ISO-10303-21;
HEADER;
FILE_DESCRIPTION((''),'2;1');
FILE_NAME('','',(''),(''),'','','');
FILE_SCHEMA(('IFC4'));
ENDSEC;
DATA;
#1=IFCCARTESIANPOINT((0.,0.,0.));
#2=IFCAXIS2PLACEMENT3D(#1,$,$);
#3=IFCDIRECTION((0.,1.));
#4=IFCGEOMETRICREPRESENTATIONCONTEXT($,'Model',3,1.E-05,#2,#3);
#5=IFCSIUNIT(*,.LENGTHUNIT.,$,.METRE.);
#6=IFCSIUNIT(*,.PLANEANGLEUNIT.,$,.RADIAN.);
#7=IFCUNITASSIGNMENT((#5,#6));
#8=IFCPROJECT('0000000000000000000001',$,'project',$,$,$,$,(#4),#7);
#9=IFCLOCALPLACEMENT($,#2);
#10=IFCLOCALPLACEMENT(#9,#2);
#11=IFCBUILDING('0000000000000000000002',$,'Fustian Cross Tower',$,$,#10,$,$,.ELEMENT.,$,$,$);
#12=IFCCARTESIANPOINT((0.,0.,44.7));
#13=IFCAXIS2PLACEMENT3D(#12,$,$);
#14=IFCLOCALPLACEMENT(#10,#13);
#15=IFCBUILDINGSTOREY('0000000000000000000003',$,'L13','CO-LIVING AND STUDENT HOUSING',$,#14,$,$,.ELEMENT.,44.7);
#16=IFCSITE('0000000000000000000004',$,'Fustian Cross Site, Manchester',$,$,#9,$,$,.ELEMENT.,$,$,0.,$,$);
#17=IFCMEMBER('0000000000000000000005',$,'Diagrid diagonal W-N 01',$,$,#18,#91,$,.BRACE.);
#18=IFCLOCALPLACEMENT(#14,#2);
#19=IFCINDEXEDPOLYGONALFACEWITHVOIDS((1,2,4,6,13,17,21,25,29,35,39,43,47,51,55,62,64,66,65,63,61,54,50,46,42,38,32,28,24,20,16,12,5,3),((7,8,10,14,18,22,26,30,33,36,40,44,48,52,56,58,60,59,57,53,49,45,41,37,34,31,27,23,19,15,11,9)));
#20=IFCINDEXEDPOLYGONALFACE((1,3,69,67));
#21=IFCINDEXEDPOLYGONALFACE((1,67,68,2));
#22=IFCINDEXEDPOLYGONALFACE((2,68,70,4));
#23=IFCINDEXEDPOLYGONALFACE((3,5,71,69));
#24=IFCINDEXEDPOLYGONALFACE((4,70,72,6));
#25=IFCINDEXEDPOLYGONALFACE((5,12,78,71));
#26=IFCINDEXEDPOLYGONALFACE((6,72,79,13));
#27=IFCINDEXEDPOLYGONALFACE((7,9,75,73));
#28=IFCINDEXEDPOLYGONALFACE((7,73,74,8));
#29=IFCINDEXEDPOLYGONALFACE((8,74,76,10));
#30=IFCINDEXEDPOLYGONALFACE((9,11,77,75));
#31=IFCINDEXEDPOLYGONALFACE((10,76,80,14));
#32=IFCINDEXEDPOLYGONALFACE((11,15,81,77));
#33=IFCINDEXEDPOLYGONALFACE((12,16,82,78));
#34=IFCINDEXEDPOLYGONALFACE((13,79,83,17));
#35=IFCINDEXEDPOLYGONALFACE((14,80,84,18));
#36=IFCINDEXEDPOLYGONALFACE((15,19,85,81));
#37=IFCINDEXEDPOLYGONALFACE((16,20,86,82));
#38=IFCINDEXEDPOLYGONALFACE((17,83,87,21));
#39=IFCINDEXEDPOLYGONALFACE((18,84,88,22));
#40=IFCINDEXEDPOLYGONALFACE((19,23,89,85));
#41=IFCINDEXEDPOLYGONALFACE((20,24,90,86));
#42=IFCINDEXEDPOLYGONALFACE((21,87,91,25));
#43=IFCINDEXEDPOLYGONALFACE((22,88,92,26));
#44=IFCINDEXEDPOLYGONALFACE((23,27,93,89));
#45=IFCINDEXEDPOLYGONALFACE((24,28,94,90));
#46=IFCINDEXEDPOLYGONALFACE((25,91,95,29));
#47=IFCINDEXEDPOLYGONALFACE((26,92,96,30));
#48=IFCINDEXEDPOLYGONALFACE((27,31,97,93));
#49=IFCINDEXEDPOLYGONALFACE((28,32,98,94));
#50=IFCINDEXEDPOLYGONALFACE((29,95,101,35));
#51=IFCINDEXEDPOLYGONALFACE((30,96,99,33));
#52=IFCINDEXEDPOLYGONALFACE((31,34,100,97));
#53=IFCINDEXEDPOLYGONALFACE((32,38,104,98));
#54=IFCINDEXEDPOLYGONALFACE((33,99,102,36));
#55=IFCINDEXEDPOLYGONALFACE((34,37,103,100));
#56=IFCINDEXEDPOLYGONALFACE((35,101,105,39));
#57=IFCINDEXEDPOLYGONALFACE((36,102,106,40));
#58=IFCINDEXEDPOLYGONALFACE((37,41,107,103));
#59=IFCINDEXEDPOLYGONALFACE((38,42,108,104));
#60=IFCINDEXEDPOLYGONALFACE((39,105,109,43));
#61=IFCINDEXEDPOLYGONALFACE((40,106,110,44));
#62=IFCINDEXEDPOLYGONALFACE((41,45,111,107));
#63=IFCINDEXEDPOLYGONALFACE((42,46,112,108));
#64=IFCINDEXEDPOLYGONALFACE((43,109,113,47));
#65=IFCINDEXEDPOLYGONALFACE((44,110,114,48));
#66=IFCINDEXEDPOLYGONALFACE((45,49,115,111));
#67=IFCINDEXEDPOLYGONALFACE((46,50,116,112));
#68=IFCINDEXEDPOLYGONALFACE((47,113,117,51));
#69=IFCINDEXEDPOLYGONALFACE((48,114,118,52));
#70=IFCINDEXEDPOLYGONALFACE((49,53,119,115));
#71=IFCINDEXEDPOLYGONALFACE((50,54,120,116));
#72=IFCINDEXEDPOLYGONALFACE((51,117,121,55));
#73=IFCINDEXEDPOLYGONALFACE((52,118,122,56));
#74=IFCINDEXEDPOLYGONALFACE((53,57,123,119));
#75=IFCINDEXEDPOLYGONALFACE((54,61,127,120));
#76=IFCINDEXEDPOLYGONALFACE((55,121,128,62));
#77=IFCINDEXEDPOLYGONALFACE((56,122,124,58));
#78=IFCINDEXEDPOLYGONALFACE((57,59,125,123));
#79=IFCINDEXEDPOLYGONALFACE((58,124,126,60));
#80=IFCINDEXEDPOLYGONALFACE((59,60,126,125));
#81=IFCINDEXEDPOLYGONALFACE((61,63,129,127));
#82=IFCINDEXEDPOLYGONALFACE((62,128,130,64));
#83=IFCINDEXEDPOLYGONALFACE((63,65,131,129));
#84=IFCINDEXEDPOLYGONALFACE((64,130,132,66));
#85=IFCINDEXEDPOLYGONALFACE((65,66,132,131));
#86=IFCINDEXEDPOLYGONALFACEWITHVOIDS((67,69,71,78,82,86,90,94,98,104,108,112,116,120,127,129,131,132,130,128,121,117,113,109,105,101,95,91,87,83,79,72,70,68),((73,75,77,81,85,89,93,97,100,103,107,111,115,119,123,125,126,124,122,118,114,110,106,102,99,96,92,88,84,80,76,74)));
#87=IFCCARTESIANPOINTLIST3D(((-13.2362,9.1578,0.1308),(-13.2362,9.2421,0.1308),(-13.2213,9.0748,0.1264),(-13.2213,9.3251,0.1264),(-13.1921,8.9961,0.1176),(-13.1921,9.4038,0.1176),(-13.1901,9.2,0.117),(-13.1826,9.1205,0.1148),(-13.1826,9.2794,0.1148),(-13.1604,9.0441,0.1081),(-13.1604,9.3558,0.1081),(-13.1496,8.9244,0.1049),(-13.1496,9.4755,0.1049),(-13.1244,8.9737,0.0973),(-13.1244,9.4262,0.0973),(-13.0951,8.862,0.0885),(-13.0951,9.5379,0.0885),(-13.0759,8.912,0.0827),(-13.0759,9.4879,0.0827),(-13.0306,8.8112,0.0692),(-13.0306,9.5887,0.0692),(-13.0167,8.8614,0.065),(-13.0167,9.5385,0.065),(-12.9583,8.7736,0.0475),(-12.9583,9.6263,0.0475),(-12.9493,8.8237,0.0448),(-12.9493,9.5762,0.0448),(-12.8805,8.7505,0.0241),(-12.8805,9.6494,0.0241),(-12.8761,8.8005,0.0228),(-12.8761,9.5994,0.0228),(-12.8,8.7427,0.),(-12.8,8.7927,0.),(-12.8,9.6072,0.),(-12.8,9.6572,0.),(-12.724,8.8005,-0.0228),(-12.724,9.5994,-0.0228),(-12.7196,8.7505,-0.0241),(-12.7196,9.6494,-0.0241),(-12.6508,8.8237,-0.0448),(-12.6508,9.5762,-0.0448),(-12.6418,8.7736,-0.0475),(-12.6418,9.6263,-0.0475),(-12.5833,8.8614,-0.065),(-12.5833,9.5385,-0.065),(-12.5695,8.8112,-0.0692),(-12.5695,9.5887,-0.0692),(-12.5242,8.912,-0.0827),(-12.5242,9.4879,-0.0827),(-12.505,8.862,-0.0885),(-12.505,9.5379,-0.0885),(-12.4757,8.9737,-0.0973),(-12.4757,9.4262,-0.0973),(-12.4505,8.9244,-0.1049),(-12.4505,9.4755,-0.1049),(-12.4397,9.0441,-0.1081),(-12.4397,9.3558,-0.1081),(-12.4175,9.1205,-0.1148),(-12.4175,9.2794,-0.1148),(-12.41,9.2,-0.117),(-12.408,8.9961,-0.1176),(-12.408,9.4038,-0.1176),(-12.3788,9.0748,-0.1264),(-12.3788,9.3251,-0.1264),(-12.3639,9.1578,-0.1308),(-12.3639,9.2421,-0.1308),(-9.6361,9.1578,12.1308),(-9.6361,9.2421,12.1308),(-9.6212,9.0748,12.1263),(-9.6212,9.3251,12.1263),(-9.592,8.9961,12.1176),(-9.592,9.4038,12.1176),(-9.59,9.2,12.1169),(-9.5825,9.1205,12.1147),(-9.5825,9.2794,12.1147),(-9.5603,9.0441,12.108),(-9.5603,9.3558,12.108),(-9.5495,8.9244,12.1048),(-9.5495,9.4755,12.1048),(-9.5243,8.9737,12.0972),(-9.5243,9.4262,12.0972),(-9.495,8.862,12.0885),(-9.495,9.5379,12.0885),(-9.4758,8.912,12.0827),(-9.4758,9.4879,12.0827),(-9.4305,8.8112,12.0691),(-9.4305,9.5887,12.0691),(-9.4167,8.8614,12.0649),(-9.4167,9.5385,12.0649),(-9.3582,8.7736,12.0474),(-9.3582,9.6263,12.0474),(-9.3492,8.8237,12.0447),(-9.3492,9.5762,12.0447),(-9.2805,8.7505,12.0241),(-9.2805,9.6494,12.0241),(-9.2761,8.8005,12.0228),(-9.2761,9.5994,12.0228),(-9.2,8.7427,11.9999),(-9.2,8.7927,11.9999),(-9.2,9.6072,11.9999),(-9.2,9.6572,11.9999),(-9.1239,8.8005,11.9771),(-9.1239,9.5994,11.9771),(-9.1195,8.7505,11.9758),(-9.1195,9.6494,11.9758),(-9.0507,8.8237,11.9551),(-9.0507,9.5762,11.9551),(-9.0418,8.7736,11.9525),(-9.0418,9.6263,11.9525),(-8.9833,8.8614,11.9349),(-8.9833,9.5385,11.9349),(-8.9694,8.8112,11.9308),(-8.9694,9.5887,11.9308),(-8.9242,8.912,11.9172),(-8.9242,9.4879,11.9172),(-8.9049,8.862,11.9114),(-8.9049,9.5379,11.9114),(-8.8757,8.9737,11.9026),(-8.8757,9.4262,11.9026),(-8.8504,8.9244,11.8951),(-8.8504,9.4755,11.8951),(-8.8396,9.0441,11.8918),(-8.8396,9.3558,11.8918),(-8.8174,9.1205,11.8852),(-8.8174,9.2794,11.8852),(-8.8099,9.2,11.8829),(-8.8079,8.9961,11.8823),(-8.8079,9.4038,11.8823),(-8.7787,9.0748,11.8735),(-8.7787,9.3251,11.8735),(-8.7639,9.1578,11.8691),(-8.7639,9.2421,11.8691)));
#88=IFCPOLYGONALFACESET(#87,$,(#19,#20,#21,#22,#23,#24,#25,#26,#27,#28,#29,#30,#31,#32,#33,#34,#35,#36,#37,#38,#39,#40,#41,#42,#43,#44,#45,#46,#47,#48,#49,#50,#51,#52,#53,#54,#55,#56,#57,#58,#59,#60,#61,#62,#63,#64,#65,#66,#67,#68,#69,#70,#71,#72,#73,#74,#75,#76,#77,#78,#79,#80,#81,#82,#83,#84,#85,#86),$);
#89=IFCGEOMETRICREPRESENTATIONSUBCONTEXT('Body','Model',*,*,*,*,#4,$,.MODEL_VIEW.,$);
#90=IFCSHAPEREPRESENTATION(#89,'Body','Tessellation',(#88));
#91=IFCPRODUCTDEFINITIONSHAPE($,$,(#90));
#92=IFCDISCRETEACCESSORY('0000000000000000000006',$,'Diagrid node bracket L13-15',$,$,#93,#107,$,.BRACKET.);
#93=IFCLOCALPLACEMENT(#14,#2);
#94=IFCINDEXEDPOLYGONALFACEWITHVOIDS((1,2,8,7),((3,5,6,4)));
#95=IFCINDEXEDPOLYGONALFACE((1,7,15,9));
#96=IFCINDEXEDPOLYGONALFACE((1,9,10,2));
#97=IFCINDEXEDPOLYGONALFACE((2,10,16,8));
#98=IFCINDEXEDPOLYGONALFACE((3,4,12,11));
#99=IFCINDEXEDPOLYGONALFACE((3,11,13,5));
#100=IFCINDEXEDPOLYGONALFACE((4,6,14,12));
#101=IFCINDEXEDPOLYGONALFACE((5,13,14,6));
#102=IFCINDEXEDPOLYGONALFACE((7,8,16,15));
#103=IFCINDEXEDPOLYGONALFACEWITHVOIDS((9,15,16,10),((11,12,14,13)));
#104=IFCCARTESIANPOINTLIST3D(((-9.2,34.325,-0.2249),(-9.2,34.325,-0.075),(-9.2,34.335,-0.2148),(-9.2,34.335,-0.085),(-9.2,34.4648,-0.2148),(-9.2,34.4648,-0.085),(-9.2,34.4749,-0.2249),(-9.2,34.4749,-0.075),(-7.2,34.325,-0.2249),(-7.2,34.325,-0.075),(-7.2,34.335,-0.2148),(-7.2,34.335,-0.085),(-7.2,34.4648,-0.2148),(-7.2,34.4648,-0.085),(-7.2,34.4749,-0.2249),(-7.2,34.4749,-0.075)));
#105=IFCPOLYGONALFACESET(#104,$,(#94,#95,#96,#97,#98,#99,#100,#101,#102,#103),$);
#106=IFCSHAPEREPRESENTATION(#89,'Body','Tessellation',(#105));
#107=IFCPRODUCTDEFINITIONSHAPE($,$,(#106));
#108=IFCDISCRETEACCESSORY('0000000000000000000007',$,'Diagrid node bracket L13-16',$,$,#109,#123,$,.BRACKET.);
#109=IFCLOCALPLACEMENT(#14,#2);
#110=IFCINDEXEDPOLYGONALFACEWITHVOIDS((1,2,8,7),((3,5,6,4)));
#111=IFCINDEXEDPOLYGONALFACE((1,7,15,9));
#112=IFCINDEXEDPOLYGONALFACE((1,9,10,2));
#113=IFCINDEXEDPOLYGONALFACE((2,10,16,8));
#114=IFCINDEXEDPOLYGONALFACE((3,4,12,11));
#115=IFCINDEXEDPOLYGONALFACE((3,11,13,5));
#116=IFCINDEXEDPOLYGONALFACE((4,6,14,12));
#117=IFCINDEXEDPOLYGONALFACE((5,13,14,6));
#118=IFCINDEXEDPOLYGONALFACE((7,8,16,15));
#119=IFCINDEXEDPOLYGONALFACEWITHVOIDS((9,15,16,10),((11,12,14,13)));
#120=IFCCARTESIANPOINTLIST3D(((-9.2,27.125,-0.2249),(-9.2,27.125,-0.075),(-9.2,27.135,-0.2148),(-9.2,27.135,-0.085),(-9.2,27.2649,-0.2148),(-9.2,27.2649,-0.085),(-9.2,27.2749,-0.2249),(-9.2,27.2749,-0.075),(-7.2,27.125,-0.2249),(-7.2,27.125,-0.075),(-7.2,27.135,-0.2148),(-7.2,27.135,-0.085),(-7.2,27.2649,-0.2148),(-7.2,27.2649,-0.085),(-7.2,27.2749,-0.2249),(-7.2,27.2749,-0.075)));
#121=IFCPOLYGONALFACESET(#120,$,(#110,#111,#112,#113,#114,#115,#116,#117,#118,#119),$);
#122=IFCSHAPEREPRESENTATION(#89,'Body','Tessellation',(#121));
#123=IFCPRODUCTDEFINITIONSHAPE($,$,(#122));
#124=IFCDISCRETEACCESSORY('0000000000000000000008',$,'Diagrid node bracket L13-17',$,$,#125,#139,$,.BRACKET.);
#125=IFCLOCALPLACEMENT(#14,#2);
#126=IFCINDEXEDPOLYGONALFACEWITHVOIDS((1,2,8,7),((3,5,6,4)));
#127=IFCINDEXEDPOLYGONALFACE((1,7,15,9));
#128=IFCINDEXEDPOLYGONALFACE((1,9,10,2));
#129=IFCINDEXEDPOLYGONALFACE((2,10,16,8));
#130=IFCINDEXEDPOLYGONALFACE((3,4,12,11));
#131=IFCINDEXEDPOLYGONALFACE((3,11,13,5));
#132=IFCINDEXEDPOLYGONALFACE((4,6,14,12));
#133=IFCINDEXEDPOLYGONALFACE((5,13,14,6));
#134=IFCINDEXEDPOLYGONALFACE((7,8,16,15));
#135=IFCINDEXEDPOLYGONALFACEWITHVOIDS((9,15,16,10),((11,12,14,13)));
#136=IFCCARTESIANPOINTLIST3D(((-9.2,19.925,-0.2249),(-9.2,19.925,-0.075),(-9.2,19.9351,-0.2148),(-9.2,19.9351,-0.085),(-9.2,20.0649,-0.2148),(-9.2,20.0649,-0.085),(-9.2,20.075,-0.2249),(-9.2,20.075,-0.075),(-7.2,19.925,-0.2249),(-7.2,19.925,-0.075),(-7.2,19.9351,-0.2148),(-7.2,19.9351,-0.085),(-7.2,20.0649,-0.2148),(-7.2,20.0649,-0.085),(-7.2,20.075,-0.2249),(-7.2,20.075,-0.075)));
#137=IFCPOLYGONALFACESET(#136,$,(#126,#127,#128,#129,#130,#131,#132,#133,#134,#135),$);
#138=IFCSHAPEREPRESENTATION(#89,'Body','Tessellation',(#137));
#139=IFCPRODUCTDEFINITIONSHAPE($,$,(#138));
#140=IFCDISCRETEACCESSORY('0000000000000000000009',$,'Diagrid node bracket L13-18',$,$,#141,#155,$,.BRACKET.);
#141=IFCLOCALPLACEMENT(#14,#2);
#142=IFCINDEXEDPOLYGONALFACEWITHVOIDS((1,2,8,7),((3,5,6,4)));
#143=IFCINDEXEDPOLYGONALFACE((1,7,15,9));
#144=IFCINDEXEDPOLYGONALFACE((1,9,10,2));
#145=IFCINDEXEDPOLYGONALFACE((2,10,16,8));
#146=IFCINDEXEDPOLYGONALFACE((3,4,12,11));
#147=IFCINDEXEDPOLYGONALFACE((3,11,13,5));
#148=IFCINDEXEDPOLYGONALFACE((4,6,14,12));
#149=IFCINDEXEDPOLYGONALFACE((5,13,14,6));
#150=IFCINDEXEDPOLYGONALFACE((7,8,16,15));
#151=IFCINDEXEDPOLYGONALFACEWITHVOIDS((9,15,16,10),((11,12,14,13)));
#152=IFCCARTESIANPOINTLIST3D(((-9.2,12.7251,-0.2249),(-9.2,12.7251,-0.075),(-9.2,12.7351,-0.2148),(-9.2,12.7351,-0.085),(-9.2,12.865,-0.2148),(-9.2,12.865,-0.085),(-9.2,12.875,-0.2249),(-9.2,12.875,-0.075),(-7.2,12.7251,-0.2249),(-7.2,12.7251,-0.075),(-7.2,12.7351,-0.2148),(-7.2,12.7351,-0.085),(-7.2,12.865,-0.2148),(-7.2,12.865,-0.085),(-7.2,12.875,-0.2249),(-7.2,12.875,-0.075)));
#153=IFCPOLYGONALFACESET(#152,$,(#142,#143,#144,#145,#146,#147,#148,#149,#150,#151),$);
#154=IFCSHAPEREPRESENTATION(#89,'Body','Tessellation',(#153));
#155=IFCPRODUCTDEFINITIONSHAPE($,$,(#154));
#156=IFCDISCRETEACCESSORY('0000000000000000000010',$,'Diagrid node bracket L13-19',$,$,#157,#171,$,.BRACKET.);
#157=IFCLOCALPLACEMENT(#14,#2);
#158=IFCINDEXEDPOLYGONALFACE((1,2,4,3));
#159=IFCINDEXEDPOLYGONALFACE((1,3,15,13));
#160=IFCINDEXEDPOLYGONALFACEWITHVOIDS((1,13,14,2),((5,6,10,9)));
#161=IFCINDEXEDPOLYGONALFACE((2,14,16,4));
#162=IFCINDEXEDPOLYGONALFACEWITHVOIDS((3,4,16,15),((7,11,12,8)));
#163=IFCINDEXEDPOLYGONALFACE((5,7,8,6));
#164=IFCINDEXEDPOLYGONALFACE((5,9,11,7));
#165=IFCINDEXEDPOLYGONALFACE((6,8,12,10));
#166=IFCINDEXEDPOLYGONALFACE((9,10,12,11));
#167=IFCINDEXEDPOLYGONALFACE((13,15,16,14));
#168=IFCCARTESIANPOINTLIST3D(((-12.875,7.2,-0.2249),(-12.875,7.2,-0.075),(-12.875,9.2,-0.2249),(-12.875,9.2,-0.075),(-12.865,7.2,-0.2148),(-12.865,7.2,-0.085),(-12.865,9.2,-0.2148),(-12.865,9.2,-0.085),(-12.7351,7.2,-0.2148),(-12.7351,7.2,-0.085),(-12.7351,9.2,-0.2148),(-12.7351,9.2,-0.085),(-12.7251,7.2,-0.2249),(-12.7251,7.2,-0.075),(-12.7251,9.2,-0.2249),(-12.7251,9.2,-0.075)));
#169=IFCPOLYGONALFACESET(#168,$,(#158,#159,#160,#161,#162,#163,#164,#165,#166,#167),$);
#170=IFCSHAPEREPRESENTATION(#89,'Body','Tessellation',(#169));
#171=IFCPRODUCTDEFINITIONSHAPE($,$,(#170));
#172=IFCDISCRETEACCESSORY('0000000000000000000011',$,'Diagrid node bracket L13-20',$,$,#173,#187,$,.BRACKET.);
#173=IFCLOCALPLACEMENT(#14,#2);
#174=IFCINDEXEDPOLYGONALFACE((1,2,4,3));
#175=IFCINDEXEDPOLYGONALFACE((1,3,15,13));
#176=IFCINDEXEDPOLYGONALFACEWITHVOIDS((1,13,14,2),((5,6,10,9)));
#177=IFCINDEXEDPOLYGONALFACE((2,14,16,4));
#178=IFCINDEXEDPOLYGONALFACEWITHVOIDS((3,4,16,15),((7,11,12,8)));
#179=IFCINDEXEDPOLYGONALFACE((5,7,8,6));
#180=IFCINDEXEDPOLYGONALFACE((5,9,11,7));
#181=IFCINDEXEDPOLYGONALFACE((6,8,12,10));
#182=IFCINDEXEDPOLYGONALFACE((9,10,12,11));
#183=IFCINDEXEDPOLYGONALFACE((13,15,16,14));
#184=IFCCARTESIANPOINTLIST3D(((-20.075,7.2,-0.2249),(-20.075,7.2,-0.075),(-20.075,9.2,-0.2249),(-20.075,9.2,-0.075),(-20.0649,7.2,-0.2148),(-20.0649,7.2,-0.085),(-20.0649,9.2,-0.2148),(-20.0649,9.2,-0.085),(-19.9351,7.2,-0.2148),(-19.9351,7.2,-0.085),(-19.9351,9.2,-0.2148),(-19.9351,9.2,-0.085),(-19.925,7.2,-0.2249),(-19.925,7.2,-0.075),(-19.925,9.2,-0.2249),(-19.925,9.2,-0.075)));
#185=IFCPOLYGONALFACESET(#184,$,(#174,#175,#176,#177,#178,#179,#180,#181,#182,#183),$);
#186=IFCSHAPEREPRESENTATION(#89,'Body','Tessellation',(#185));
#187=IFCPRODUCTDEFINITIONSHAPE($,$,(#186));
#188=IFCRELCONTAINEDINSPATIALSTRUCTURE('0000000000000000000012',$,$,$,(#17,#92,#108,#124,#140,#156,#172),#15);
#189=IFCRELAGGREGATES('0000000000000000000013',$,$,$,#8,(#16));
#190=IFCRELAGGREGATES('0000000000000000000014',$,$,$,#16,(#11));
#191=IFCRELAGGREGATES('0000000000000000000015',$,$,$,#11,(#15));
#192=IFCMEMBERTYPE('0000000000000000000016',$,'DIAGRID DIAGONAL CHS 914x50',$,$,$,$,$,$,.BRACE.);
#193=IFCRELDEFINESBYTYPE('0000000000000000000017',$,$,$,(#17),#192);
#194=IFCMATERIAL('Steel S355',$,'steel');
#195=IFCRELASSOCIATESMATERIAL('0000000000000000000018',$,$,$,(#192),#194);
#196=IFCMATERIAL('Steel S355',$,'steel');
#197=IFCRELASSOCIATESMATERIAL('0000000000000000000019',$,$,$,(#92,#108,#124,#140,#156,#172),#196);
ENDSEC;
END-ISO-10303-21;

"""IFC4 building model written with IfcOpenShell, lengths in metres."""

from ifc_helpers import new_model, si_unit, direction, frame, origin, origin_2d, place, context, subcontext, project, spatial, hollow_rectangle, hollow_circle, extrude, material, material_profile, profile_set, type_object, element, save


model = new_model("IFC4")

# Units and contexts
model_context = context("Model", 3, precision=1e-05, world=origin(), true_north=direction((0.0, 1.0)))
body_context = subcontext(model_context, "Body", "Model", "MODEL_VIEW")
ifc_project = project(units=[si_unit("LENGTHUNIT", "METRE"), si_unit("PLANEANGLEUNIT", "RADIAN")], contexts=[model_context])

# Site, building, storey
site_placement = place(None, origin())
site = spatial("IfcSite", under=ifc_project, at=site_placement, Name="Fustian Cross Site, Manchester", CompositionType="ELEMENT", RefElevation=0.0)
building_placement = place(site_placement, origin())
building = spatial("IfcBuilding", under=site, at=building_placement, Name="Fustian Cross Tower", CompositionType="ELEMENT")
storey_placement = place(building_placement, frame((0.0, 0.0, 44.7)))
storey = spatial("IfcBuildingStorey", under=building, at=storey_placement, Name="L13", Description="CO-LIVING AND STUDENT HOUSING", CompositionType="ELEMENT", Elevation=44.7)

# Member
ifc_material_1 = material(Name="Steel S355", Category="steel")
ifc_material_profile_1 = material_profile(ifc_material_1, hollow_circle(Radius=0.4573, WallThickness=0.05, at=origin_2d()), Name="CHS 914x50")
ifc_profile_set_1 = profile_set([ifc_material_profile_1], Name="Steel S355")
member_type_1 = type_object("IfcMemberType", Name="DIAGRID DIAGONAL CHS 914x50", PredefinedType="BRACE", material=ifc_profile_set_1)
for number, where, z_axis, x_axis, name in (
    (1, (-12.8, 9.2, 0.0), (0.287355, 0.0, 0.957824), (0.0, 1.0, 0.0), "Diagrid diagonal W-N 01"),
):
    element("IfcMember", number, at=place(storey_placement, frame(where, z_axis=z_axis, x_axis=x_axis)), inside=storey, type_object=member_type_1, Name=name, PredefinedType="BRACE", context=body_context, shape_type="SweptSolid", body=[
        extrude(hollow_circle(Radius=0.4573, WallThickness=0.05, at=origin_2d()), origin(), (0.0, 0.0, 1.0), 12.5283),
    ])

# Discrete accessories
ifc_material_2 = material(Name="Steel S355", Category="steel")
for number, where, z_axis, x_axis, name in (
    (2, (-9.2, 34.3999, -0.1499), (1.0, 0.0, 0.0), (0.0, 1.0, 0.0), "Diagrid node bracket L13-15"),
    (3, (-9.2, 27.2, -0.1499), (1.0, 0.0, 0.0), (0.0, 1.0, 0.0), "Diagrid node bracket L13-16"),
    (4, (-9.2, 20.0, -0.1499), (1.0, 0.0, 0.0), (0.0, 1.0, 0.0), "Diagrid node bracket L13-17"),
    (5, (-9.2, 12.8, -0.1499), (1.0, 0.0, 0.0), (0.0, 1.0, 0.0), "Diagrid node bracket L13-18"),
    (6, (-12.8, 9.2, -0.1499), (0.0, -1.0, 0.0), (1.0, 0.0, 0.0), "Diagrid node bracket L13-19"),
    (7, (-20.0, 9.2, -0.1499), (0.0, -1.0, 0.0), (1.0, 0.0, 0.0), "Diagrid node bracket L13-20"),
):
    element("IfcDiscreteAccessory", number, at=place(storey_placement, frame(where, z_axis=z_axis, x_axis=x_axis)), inside=storey, material=ifc_material_2, Name=name, PredefinedType="BRACKET", context=body_context, shape_type="SweptSolid", body=[
        extrude(hollow_rectangle(XDim=0.1499, YDim=0.1499, WallThickness=0.01, at=origin_2d()), origin(), (0.0, 0.0, 1.0), 2.0),
    ])

save(model, "model.ifc")
